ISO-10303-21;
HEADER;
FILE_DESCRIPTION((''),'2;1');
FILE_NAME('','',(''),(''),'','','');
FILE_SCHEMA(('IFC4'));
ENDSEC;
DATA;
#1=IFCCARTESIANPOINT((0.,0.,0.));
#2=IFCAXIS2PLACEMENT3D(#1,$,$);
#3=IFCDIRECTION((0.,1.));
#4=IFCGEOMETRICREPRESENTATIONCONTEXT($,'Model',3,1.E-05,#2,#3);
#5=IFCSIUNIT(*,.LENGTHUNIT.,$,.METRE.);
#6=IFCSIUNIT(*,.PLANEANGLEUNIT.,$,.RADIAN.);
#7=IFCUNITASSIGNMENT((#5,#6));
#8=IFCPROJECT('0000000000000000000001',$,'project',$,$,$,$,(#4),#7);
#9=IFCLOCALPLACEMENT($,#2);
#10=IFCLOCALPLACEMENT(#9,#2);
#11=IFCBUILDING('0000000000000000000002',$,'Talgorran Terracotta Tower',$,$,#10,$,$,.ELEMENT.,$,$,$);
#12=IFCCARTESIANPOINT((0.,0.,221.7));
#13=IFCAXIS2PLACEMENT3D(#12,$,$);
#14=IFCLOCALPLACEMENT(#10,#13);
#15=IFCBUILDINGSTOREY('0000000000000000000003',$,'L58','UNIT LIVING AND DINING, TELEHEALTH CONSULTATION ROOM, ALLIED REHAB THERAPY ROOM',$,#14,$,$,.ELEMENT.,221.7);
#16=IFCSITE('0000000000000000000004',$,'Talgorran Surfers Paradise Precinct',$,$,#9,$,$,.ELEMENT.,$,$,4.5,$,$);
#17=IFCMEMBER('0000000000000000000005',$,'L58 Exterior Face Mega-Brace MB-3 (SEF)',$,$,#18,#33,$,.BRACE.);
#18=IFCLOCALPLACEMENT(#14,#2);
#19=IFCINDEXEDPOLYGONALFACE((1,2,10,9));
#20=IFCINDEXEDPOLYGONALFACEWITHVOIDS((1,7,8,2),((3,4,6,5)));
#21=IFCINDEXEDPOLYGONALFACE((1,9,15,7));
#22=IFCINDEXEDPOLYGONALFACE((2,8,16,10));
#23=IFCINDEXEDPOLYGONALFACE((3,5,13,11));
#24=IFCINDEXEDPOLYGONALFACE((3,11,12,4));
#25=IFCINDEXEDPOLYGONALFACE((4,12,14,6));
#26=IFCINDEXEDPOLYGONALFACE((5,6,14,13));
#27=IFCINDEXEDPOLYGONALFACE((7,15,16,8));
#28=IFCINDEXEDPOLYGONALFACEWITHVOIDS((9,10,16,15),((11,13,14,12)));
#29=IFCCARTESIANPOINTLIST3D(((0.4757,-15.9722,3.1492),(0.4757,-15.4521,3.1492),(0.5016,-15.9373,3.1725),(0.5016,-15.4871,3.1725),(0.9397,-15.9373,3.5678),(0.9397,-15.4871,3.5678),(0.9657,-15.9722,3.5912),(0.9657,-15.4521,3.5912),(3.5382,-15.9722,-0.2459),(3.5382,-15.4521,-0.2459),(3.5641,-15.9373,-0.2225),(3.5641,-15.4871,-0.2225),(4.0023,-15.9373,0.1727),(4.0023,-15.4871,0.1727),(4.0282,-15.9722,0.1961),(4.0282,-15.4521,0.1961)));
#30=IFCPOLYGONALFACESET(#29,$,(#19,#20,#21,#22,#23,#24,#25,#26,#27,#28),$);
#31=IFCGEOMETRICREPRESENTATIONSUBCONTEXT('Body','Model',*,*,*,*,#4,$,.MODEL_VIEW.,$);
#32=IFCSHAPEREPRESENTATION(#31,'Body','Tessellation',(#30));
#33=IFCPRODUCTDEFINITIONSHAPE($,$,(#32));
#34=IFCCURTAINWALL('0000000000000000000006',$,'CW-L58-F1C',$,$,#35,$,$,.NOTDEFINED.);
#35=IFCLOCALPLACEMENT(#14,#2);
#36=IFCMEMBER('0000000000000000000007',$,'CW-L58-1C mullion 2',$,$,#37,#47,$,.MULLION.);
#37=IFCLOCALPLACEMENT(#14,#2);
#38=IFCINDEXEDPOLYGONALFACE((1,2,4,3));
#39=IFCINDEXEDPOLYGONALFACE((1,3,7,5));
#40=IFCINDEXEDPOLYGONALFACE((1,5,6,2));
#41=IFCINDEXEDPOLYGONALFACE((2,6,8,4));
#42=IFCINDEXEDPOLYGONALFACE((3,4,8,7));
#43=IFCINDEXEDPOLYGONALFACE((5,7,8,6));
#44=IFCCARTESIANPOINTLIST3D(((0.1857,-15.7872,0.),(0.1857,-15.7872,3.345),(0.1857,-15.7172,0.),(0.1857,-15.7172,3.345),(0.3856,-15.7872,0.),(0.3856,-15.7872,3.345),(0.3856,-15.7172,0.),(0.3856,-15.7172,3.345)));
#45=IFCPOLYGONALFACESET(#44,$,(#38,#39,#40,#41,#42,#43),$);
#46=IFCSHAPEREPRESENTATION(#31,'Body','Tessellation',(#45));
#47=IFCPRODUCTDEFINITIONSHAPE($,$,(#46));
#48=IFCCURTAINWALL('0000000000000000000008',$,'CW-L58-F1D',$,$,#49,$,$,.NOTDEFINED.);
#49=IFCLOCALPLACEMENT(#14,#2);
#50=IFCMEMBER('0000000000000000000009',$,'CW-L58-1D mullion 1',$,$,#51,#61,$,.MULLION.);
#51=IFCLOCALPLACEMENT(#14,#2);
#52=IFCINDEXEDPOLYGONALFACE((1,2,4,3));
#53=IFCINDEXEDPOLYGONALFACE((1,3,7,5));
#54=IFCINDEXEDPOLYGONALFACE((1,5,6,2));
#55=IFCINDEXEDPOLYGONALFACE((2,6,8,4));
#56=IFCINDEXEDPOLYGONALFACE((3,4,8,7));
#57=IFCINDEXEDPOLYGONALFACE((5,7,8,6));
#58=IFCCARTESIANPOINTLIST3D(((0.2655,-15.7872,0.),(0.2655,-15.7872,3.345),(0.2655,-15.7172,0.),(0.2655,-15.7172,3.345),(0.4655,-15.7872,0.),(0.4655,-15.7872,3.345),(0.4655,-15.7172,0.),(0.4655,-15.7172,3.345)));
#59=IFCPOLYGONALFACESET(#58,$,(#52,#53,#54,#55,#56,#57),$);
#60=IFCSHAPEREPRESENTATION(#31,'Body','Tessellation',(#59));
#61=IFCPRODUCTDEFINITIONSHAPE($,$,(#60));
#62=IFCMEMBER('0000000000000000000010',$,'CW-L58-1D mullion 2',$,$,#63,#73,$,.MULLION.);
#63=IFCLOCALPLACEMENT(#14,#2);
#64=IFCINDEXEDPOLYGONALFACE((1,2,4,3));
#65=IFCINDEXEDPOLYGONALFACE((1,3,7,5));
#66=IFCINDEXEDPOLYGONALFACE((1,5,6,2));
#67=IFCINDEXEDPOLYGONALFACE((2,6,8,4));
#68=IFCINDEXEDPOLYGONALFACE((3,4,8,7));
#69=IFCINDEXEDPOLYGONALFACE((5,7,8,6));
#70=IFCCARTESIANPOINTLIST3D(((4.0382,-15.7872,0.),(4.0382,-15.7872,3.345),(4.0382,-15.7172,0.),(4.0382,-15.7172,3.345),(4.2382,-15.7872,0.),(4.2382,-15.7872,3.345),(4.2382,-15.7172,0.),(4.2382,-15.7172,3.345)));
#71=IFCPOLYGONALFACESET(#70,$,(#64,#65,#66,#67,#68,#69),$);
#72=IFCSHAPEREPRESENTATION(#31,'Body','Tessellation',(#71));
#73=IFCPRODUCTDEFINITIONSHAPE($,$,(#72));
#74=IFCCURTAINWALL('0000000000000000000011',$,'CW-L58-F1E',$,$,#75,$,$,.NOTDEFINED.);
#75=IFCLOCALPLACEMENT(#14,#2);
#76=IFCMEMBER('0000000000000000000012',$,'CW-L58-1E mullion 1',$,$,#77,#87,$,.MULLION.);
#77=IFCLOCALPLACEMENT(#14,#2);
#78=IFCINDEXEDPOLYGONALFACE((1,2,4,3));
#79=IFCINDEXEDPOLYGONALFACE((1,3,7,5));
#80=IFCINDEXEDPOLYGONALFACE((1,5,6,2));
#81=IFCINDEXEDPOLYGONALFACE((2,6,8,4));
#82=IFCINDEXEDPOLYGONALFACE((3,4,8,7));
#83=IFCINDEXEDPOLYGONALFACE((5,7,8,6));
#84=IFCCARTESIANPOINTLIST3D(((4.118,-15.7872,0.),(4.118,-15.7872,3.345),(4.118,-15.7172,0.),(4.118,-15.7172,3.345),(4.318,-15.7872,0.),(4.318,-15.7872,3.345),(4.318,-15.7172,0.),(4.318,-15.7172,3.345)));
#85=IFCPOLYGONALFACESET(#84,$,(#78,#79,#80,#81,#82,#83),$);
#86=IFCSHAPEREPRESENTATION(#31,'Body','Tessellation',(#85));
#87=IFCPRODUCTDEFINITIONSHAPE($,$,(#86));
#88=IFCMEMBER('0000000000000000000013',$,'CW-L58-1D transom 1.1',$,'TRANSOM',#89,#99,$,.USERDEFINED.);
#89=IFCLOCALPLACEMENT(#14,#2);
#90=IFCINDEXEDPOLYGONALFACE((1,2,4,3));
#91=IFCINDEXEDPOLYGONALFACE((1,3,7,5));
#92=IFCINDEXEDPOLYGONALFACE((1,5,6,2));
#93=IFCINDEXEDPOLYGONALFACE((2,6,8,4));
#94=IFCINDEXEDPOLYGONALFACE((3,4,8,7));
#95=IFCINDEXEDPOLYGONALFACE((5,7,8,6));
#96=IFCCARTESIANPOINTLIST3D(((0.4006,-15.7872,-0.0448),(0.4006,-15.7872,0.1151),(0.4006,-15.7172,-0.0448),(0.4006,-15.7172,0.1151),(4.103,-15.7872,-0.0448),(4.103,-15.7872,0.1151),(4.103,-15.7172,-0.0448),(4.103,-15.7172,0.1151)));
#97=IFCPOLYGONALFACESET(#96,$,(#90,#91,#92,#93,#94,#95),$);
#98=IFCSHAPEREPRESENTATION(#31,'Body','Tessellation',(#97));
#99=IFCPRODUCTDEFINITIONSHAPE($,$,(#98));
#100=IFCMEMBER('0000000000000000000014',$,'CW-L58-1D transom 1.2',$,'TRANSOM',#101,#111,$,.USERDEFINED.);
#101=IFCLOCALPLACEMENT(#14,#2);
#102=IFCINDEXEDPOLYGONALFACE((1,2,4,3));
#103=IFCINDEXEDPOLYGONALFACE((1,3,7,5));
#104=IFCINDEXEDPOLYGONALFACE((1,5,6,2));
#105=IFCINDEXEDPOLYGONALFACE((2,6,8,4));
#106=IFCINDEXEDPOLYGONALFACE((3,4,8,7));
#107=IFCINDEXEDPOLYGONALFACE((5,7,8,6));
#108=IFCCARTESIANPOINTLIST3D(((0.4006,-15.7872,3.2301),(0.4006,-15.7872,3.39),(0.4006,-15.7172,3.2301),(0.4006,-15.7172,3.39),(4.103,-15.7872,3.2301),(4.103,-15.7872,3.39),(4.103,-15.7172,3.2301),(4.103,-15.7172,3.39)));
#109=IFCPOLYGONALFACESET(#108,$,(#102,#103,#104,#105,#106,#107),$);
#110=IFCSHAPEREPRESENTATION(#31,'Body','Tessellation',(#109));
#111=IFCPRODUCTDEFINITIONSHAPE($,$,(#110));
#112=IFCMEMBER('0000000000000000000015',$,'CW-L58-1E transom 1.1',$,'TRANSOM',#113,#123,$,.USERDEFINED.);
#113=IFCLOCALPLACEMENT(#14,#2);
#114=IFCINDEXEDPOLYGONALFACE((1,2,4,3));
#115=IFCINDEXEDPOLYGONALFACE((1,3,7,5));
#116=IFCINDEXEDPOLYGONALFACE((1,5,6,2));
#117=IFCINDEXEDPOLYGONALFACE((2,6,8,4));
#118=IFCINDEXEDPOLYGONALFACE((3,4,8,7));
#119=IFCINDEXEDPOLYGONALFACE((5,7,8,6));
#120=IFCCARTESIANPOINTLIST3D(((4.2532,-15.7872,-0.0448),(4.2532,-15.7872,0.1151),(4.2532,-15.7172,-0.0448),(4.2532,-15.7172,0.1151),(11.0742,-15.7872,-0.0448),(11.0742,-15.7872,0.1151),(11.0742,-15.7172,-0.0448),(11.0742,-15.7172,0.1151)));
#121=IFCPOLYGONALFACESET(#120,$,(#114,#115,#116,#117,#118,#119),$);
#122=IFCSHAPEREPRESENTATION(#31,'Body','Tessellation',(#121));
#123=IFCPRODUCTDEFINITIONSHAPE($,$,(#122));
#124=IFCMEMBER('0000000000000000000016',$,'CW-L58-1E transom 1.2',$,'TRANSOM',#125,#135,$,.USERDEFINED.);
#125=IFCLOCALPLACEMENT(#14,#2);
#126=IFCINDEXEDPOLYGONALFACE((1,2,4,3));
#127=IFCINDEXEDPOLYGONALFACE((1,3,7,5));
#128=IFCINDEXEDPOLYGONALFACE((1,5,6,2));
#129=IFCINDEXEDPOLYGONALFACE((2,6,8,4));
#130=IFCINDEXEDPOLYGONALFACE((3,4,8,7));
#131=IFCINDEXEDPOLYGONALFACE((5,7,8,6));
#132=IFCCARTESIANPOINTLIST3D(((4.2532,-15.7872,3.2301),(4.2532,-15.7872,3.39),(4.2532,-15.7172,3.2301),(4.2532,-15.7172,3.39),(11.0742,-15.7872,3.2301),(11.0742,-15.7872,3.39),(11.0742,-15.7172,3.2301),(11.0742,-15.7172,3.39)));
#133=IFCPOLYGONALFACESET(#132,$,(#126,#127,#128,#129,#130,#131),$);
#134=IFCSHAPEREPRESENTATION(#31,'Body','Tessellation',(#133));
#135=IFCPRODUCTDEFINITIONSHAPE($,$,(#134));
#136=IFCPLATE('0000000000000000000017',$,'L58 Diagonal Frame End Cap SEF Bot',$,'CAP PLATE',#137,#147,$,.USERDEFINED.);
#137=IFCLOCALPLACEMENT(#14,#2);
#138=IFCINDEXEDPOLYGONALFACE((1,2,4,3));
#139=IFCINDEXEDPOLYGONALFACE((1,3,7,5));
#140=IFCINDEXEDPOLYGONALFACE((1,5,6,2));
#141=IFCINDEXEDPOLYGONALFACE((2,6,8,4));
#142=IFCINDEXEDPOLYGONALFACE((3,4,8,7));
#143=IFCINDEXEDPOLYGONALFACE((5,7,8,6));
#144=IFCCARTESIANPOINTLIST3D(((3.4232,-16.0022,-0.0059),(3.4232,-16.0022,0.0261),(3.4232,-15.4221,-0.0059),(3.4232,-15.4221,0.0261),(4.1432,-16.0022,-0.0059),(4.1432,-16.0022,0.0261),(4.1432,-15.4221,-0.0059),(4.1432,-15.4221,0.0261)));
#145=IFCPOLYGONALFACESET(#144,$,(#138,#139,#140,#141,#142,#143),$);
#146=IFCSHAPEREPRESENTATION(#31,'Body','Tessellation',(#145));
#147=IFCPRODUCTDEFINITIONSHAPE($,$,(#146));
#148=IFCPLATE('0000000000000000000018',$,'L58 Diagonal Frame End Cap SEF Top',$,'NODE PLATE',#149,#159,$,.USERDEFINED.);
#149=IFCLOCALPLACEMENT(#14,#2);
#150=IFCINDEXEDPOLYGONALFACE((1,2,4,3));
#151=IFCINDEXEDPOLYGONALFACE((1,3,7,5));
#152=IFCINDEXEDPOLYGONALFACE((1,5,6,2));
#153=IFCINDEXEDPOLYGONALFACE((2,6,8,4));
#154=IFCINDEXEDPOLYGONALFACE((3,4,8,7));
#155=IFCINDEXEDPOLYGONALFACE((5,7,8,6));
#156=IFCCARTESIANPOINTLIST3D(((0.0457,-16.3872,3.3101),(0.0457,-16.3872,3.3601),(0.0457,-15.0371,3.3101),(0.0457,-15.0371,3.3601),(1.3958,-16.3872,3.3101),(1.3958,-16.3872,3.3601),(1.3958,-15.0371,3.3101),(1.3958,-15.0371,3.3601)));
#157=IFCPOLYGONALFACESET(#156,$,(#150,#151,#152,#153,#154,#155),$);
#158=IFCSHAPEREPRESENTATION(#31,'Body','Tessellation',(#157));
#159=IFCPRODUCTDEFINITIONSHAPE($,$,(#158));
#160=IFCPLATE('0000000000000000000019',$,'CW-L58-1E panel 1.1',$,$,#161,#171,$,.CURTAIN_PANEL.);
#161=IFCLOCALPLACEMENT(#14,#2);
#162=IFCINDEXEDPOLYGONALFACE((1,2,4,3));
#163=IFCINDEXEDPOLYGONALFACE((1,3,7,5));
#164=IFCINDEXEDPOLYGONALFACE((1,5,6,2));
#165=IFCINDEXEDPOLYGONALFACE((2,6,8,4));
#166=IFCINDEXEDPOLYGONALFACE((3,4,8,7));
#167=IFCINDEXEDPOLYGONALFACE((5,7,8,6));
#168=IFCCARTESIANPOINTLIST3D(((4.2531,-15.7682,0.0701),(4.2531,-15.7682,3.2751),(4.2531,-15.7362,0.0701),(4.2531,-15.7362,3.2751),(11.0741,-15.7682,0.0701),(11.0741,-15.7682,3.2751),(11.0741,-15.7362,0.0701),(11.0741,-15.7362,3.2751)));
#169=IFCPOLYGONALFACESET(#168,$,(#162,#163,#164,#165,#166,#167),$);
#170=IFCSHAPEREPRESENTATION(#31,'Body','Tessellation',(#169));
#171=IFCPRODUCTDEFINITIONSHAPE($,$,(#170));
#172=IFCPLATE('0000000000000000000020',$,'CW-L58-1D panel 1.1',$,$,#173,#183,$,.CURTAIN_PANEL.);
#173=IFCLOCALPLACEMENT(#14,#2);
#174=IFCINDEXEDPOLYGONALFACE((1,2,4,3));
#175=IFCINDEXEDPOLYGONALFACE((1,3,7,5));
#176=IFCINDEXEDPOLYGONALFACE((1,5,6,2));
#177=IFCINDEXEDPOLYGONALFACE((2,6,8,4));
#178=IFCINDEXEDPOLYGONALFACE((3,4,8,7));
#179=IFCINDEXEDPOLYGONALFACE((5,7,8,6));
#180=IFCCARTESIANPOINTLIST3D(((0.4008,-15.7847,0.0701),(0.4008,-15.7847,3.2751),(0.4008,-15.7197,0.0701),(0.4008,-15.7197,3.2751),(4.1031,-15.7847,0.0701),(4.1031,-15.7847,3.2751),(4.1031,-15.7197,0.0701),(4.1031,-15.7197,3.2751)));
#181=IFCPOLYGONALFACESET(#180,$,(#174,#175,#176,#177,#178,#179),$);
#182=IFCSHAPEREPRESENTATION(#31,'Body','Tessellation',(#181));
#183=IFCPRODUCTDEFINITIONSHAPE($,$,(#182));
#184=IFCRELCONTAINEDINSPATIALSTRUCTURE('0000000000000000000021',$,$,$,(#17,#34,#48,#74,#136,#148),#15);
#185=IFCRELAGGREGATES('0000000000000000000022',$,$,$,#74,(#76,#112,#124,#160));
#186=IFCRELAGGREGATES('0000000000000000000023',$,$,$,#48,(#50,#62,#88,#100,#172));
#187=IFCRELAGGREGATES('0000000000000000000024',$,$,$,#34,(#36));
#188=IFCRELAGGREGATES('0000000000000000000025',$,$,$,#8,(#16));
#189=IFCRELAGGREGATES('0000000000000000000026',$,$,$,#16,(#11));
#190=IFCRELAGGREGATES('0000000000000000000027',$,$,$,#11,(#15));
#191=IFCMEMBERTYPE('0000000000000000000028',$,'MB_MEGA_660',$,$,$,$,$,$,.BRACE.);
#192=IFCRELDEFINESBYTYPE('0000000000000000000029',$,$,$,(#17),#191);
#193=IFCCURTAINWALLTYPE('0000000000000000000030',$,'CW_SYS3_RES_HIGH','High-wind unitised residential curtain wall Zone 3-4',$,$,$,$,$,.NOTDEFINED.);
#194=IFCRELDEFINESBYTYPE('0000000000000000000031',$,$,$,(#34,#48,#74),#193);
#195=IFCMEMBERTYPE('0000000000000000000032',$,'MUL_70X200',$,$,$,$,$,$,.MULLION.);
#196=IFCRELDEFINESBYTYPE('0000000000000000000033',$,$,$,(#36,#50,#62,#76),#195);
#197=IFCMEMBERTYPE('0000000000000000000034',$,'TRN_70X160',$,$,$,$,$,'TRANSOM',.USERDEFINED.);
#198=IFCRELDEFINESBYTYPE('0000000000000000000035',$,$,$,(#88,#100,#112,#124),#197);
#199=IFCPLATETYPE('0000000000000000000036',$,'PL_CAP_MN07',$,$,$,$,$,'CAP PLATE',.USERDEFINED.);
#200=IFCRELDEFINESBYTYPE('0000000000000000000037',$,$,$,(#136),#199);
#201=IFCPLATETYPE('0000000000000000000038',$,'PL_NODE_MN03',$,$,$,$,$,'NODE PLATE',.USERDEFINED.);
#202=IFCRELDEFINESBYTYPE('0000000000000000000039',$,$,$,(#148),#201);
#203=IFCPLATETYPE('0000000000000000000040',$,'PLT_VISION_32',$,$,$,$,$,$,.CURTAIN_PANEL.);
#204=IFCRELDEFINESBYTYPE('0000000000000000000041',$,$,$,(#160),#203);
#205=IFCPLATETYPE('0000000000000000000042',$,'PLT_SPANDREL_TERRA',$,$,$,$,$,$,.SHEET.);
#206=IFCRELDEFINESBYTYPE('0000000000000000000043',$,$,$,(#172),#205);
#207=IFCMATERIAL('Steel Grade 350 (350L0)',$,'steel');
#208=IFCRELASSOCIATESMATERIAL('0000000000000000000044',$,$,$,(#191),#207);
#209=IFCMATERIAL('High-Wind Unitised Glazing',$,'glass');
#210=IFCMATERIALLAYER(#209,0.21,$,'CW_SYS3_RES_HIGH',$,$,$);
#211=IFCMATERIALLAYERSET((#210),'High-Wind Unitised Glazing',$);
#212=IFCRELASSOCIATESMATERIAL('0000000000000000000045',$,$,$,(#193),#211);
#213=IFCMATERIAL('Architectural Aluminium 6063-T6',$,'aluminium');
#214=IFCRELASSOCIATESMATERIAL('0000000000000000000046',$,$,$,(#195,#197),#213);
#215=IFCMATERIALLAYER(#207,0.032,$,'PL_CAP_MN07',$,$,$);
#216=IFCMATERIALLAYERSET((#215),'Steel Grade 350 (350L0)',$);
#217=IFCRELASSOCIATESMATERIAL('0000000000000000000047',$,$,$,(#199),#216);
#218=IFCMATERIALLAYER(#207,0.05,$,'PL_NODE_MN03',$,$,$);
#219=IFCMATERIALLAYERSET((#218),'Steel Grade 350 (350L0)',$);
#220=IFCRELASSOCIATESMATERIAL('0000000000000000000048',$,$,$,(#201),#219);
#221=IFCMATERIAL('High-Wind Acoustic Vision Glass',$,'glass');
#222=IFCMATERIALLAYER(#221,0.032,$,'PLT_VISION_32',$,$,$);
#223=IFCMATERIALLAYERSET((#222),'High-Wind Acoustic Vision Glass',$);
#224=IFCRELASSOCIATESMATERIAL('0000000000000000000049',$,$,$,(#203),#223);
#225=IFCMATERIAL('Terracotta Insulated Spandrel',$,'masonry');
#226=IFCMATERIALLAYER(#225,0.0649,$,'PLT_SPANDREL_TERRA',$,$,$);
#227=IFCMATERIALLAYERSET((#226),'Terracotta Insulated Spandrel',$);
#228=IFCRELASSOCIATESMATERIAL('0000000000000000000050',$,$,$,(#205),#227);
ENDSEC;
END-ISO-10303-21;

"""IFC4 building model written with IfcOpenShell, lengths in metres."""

from ifc_helpers import new_model, si_unit, direction, frame, origin, origin_2d, place, context, subcontext, project, spatial, rectangle, hollow_rectangle, extrude, source, transform, mapped, material, layer, layer_set, material_profile, profile_set, type_object, type_shapes, element, aggregate, save


model = new_model("IFC4")

# Units and contexts
model_context = context("Model", 3, precision=1e-05, world=origin(), true_north=direction((0.0, 1.0)))
body_context = subcontext(model_context, "Body", "Model", "MODEL_VIEW")
ifc_project = project(units=[si_unit("LENGTHUNIT", "METRE"), si_unit("PLANEANGLEUNIT", "RADIAN")], contexts=[model_context])

# Site, building, storey
site_placement = place(None, origin())
site = spatial("IfcSite", under=ifc_project, at=site_placement, Name="Talgorran Surfers Paradise Precinct", CompositionType="ELEMENT", RefElevation=4.5)
building_placement = place(site_placement, origin())
building = spatial("IfcBuilding", under=site, at=building_placement, Name="Talgorran Terracotta Tower", CompositionType="ELEMENT")
storey_placement = place(building_placement, frame((0.0, 0.0, 221.7)))
storey = spatial("IfcBuildingStorey", under=building, at=storey_placement, Name="L58", Description="UNIT LIVING AND DINING, TELEHEALTH CONSULTATION ROOM, ALLIED REHAB THERAPY ROOM", CompositionType="ELEMENT", Elevation=221.7)

# Member
ifc_material_1 = material(Name="Steel Grade 350 (350L0)", Category="steel")
ifc_material_profile_1 = material_profile(ifc_material_1, hollow_rectangle(XDim=0.52, YDim=0.6599, WallThickness=0.0349, at=origin_2d()), Name="WBOX660X520X35")
ifc_profile_set_1 = profile_set([ifc_material_profile_1], Name="Steel Grade 350 (350L0)")
member_type_1 = type_object("IfcMemberType", Name="MB_MEGA_660", PredefinedType="BRACE", material=ifc_profile_set_1)
member_1_placement = place(storey_placement, frame((3.7832, -15.7122, -0.0249), z_axis=(-0.669808, 0.0, 0.742534), x_axis=(0.0, -1.0, 0.0)))
element("IfcMember", 1, at=member_1_placement, inside=storey, type_object=member_type_1, Name="L58 Exterior Face Mega-Brace MB-3 (SEF)", PredefinedType="BRACE", context=body_context, shape_type="SweptSolid", body=[
    extrude(hollow_rectangle(XDim=0.52, YDim=0.6599, WallThickness=0.0349, at=origin_2d()), origin(), (0.0, 0.0, 1.0), 4.5723),
])

# Curtain wall, member
ifc_material_2 = material(Name="High-Wind Unitised Glazing", Category="glass")
ifc_layer_1 = layer(ifc_material_2, 0.21, Name="CW_SYS3_RES_HIGH")
ifc_layer_set_1 = layer_set([ifc_layer_1], Name="High-Wind Unitised Glazing")
curtain_wall_type = type_object("IfcCurtainWallType", Name="CW_SYS3_RES_HIGH", Description="High-wind unitised residential curtain wall Zone 3-4", PredefinedType="NOTDEFINED", material=ifc_layer_set_1)
curtain_wall_1_placement = place(storey_placement, origin())
curtain_wall_1 = element("IfcCurtainWall", 2, at=curtain_wall_1_placement, inside=storey, type_object=curtain_wall_type, Name="CW-L58-F1C", PredefinedType="NOTDEFINED")
ifc_material_3 = material(Name="Architectural Aluminium 6063-T6", Category="aluminium")
ifc_material_profile_2 = material_profile(ifc_material_3, rectangle(XDim=0.0701, YDim=0.2, at=origin_2d()), Name="CWM70X200")
ifc_profile_set_2 = profile_set([ifc_material_profile_2], Name="Architectural Aluminium 6063-T6")
member_type_2 = type_object("IfcMemberType", Name="MUL_70X200", PredefinedType="MULLION", material=ifc_profile_set_2)
member_2_placement = place(storey_placement, frame((0.2856, -15.7522, 0.0), z_axis=(0.0, 0.0, 1.0), x_axis=(0.0, 1.0, 0.0)))
member_2 = element("IfcMember", 3, at=member_2_placement, type_object=member_type_2, Name="CW-L58-1C mullion 2", PredefinedType="MULLION", context=body_context, shape_type="SweptSolid", body=[
    extrude(rectangle(XDim=0.0701, YDim=0.2, at=origin_2d()), origin(), (0.0, 0.0, 1.0), 3.345),
])

# Curtain wall, members
curtain_wall_2_placement = place(storey_placement, origin())
curtain_wall_2 = element("IfcCurtainWall", 4, at=curtain_wall_2_placement, inside=storey, type_object=curtain_wall_type, Name="CW-L58-F1D", PredefinedType="NOTDEFINED")
member_3_placement = place(storey_placement, frame((0.3655, -15.7522, 0.0), z_axis=(0.0, 0.0, 1.0), x_axis=(0.0, 1.0, 0.0)))
member_3 = element("IfcMember", 5, at=member_3_placement, type_object=member_type_2, Name="CW-L58-1D mullion 1", PredefinedType="MULLION", context=body_context, shape_type="SweptSolid", body=[
    extrude(rectangle(XDim=0.0701, YDim=0.2, at=origin_2d()), origin(), (0.0, 0.0, 1.0), 3.345),
])
member_4_placement = place(storey_placement, frame((4.1382, -15.7522, 0.0), z_axis=(0.0, 0.0, 1.0), x_axis=(0.0, 1.0, 0.0)))
member_4 = element("IfcMember", 6, at=member_4_placement, type_object=member_type_2, Name="CW-L58-1D mullion 2", PredefinedType="MULLION", context=body_context, shape_type="SweptSolid", body=[
    extrude(rectangle(XDim=0.0701, YDim=0.2, at=origin_2d()), origin(), (0.0, 0.0, 1.0), 3.345),
])

# Curtain wall, member
curtain_wall_3_placement = place(storey_placement, origin())
curtain_wall_3 = element("IfcCurtainWall", 7, at=curtain_wall_3_placement, inside=storey, type_object=curtain_wall_type, Name="CW-L58-F1E", PredefinedType="NOTDEFINED")
member_5_placement = place(storey_placement, frame((4.218, -15.7522, 0.0), z_axis=(0.0, 0.0, 1.0), x_axis=(0.0, 1.0, 0.0)))
member_5 = element("IfcMember", 8, at=member_5_placement, type_object=member_type_2, Name="CW-L58-1E mullion 1", PredefinedType="MULLION", context=body_context, shape_type="SweptSolid", body=[
    extrude(rectangle(XDim=0.0701, YDim=0.2, at=origin_2d()), origin(), (0.0, 0.0, 1.0), 3.345),
])

# Members
ifc_material_profile_3 = material_profile(ifc_material_3, rectangle(XDim=0.0701, YDim=0.1599, at=origin_2d()), Name="CWT70X160")
ifc_profile_set_3 = profile_set([ifc_material_profile_3], Name="Architectural Aluminium 6063-T6")
member_type_3 = type_object("IfcMemberType", Name="TRN_70X160", ElementType="TRANSOM", PredefinedType="USERDEFINED", material=ifc_profile_set_3)
member_6_placement = place(storey_placement, frame((0.4006, -15.7522, 0.0352), z_axis=(1.0, 0.0, 0.0), x_axis=(0.0, 1.0, 0.0)))
member_6 = element("IfcMember", 9, at=member_6_placement, type_object=member_type_3, Name="CW-L58-1D transom 1.1", ObjectType="TRANSOM", PredefinedType="USERDEFINED", context=body_context, shape_type="SweptSolid", body=[
    extrude(rectangle(XDim=0.0701, YDim=0.1599, at=origin_2d()), origin(), (0.0, 0.0, 1.0), 3.7024),
])
member_7_placement = place(storey_placement, frame((0.4006, -15.7522, 3.3101), z_axis=(1.0, 0.0, 0.0), x_axis=(0.0, 1.0, 0.0)))
member_7 = element("IfcMember", 10, at=member_7_placement, type_object=member_type_3, Name="CW-L58-1D transom 1.2", ObjectType="TRANSOM", PredefinedType="USERDEFINED", context=body_context, shape_type="SweptSolid", body=[
    extrude(rectangle(XDim=0.0701, YDim=0.1599, at=origin_2d()), origin(), (0.0, 0.0, 1.0), 3.7024),
])
member_8_placement = place(storey_placement, frame((4.2532, -15.7522, 0.0352), z_axis=(1.0, 0.0, 0.0), x_axis=(0.0, 1.0, 0.0)))
member_8 = element("IfcMember", 11, at=member_8_placement, type_object=member_type_3, Name="CW-L58-1E transom 1.1", ObjectType="TRANSOM", PredefinedType="USERDEFINED", context=body_context, shape_type="SweptSolid", body=[
    extrude(rectangle(XDim=0.0701, YDim=0.1599, at=origin_2d()), origin(), (0.0, 0.0, 1.0), 6.821),
])
member_9_placement = place(storey_placement, frame((4.2532, -15.7522, 3.3101), z_axis=(1.0, 0.0, 0.0), x_axis=(0.0, 1.0, 0.0)))
member_9 = element("IfcMember", 12, at=member_9_placement, type_object=member_type_3, Name="CW-L58-1E transom 1.2", ObjectType="TRANSOM", PredefinedType="USERDEFINED", context=body_context, shape_type="SweptSolid", body=[
    extrude(rectangle(XDim=0.0701, YDim=0.1599, at=origin_2d()), origin(), (0.0, 0.0, 1.0), 6.821),
])

# Plates
ifc_layer_2 = layer(ifc_material_1, 0.032, Name="PL_CAP_MN07")
ifc_layer_set_2 = layer_set([ifc_layer_2], Name="Steel Grade 350 (350L0)")
plate_type_1 = type_object("IfcPlateType", Name="PL_CAP_MN07", ElementType="CAP PLATE", PredefinedType="USERDEFINED", material=ifc_layer_set_2)
plate_1_placement = place(storey_placement, frame((3.7832, -15.7122, -0.0059), z_axis=(0.0, 0.0, 1.0), x_axis=(-1.0, 0.0, 0.0)))
element("IfcPlate", 13, at=plate_1_placement, inside=storey, type_object=plate_type_1, Name="L58 Diagonal Frame End Cap SEF Bot", ObjectType="CAP PLATE", PredefinedType="USERDEFINED", context=body_context, shape_type="SweptSolid", body=[
    extrude(rectangle(XDim=0.72, YDim=0.5801, at=origin_2d()), origin(), (0.0, 0.0, 1.0), 0.032),
])
ifc_layer_3 = layer(ifc_material_1, 0.05, Name="PL_NODE_MN03")
ifc_layer_set_3 = layer_set([ifc_layer_3], Name="Steel Grade 350 (350L0)")
plate_type_2 = type_object("IfcPlateType", Name="PL_NODE_MN03", ElementType="NODE PLATE", PredefinedType="USERDEFINED", material=ifc_layer_set_3)
plate_2_placement = place(storey_placement, frame((0.7207, -15.7122, 3.3101), z_axis=(0.0, 0.0, 1.0), x_axis=(-1.0, 0.0, 0.0)))
element("IfcPlate", 14, at=plate_2_placement, inside=storey, type_object=plate_type_2, Name="L58 Diagonal Frame End Cap SEF Top", ObjectType="NODE PLATE", PredefinedType="USERDEFINED", context=body_context, shape_type="SweptSolid", body=[
    extrude(rectangle(XDim=1.3501, YDim=1.3501, at=origin_2d()), origin(), (0.0, 0.0, 1.0), 0.05),
])

# Plates
ifc_material_4 = material(Name="High-Wind Acoustic Vision Glass", Category="glass")
ifc_layer_4 = layer(ifc_material_4, 0.032, Name="PLT_VISION_32")
ifc_layer_set_4 = layer_set([ifc_layer_4], Name="High-Wind Acoustic Vision Glass")
plate_type_3 = type_object("IfcPlateType", Name="PLT_VISION_32", PredefinedType="CURTAIN_PANEL", material=ifc_layer_set_4)
shared_shape_1 = source(origin(), body_context, "Body", "SweptSolid", [
    extrude(rectangle(XDim=6.821, YDim=0.032, at=origin_2d()), origin(), (0.0, 0.0, 1.0), 3.2051),
])
plate_3_placement = place(storey_placement, frame((7.6636, -15.7522, 0.0701), z_axis=(0.0, 0.0, 1.0), x_axis=(1.0, 0.0, 0.0)))
plate_3 = element("IfcPlate", 15, at=plate_3_placement, type_object=plate_type_3, Name="CW-L58-1E panel 1.1", PredefinedType="CURTAIN_PANEL", context=body_context, shape_type="MappedRepresentation", body=[
    mapped(shared_shape_1, transform((0.0, 0.0, 0.0), scale=1.0)),
])
aggregate(curtain_wall_3, [member_5, member_8, member_9, plate_3])
ifc_material_5 = material(Name="Terracotta Insulated Spandrel", Category="masonry")
ifc_layer_5 = layer(ifc_material_5, 0.0649, Name="PLT_SPANDREL_TERRA")
ifc_layer_set_5 = layer_set([ifc_layer_5], Name="Terracotta Insulated Spandrel")
plate_type_4 = type_object("IfcPlateType", Name="PLT_SPANDREL_TERRA", PredefinedType="SHEET", material=ifc_layer_set_5)
shared_shape_2 = source(origin(), body_context, "Body", "SweptSolid", [
    extrude(rectangle(XDim=3.7024, YDim=0.0649, at=origin_2d()), origin(), (0.0, 0.0, 1.0), 3.2051),
])
type_shapes(plate_type_4, [shared_shape_2])
plate_4_placement = place(storey_placement, frame((2.252, -15.7522, 0.0701), z_axis=(0.0, 0.0, 1.0), x_axis=(1.0, 0.0, 0.0)))
plate_4 = element("IfcPlate", 16, at=plate_4_placement, type_object=plate_type_4, Name="CW-L58-1D panel 1.1", PredefinedType="CURTAIN_PANEL", context=body_context, shape_type="MappedRepresentation", body=[
    mapped(shared_shape_2, transform((0.0, 0.0, 0.0), scale=1.0)),
])
aggregate(curtain_wall_2, [member_3, member_4, member_6, member_7, plate_4])
aggregate(curtain_wall_1, [member_2])

save(model, "model.ifc")
